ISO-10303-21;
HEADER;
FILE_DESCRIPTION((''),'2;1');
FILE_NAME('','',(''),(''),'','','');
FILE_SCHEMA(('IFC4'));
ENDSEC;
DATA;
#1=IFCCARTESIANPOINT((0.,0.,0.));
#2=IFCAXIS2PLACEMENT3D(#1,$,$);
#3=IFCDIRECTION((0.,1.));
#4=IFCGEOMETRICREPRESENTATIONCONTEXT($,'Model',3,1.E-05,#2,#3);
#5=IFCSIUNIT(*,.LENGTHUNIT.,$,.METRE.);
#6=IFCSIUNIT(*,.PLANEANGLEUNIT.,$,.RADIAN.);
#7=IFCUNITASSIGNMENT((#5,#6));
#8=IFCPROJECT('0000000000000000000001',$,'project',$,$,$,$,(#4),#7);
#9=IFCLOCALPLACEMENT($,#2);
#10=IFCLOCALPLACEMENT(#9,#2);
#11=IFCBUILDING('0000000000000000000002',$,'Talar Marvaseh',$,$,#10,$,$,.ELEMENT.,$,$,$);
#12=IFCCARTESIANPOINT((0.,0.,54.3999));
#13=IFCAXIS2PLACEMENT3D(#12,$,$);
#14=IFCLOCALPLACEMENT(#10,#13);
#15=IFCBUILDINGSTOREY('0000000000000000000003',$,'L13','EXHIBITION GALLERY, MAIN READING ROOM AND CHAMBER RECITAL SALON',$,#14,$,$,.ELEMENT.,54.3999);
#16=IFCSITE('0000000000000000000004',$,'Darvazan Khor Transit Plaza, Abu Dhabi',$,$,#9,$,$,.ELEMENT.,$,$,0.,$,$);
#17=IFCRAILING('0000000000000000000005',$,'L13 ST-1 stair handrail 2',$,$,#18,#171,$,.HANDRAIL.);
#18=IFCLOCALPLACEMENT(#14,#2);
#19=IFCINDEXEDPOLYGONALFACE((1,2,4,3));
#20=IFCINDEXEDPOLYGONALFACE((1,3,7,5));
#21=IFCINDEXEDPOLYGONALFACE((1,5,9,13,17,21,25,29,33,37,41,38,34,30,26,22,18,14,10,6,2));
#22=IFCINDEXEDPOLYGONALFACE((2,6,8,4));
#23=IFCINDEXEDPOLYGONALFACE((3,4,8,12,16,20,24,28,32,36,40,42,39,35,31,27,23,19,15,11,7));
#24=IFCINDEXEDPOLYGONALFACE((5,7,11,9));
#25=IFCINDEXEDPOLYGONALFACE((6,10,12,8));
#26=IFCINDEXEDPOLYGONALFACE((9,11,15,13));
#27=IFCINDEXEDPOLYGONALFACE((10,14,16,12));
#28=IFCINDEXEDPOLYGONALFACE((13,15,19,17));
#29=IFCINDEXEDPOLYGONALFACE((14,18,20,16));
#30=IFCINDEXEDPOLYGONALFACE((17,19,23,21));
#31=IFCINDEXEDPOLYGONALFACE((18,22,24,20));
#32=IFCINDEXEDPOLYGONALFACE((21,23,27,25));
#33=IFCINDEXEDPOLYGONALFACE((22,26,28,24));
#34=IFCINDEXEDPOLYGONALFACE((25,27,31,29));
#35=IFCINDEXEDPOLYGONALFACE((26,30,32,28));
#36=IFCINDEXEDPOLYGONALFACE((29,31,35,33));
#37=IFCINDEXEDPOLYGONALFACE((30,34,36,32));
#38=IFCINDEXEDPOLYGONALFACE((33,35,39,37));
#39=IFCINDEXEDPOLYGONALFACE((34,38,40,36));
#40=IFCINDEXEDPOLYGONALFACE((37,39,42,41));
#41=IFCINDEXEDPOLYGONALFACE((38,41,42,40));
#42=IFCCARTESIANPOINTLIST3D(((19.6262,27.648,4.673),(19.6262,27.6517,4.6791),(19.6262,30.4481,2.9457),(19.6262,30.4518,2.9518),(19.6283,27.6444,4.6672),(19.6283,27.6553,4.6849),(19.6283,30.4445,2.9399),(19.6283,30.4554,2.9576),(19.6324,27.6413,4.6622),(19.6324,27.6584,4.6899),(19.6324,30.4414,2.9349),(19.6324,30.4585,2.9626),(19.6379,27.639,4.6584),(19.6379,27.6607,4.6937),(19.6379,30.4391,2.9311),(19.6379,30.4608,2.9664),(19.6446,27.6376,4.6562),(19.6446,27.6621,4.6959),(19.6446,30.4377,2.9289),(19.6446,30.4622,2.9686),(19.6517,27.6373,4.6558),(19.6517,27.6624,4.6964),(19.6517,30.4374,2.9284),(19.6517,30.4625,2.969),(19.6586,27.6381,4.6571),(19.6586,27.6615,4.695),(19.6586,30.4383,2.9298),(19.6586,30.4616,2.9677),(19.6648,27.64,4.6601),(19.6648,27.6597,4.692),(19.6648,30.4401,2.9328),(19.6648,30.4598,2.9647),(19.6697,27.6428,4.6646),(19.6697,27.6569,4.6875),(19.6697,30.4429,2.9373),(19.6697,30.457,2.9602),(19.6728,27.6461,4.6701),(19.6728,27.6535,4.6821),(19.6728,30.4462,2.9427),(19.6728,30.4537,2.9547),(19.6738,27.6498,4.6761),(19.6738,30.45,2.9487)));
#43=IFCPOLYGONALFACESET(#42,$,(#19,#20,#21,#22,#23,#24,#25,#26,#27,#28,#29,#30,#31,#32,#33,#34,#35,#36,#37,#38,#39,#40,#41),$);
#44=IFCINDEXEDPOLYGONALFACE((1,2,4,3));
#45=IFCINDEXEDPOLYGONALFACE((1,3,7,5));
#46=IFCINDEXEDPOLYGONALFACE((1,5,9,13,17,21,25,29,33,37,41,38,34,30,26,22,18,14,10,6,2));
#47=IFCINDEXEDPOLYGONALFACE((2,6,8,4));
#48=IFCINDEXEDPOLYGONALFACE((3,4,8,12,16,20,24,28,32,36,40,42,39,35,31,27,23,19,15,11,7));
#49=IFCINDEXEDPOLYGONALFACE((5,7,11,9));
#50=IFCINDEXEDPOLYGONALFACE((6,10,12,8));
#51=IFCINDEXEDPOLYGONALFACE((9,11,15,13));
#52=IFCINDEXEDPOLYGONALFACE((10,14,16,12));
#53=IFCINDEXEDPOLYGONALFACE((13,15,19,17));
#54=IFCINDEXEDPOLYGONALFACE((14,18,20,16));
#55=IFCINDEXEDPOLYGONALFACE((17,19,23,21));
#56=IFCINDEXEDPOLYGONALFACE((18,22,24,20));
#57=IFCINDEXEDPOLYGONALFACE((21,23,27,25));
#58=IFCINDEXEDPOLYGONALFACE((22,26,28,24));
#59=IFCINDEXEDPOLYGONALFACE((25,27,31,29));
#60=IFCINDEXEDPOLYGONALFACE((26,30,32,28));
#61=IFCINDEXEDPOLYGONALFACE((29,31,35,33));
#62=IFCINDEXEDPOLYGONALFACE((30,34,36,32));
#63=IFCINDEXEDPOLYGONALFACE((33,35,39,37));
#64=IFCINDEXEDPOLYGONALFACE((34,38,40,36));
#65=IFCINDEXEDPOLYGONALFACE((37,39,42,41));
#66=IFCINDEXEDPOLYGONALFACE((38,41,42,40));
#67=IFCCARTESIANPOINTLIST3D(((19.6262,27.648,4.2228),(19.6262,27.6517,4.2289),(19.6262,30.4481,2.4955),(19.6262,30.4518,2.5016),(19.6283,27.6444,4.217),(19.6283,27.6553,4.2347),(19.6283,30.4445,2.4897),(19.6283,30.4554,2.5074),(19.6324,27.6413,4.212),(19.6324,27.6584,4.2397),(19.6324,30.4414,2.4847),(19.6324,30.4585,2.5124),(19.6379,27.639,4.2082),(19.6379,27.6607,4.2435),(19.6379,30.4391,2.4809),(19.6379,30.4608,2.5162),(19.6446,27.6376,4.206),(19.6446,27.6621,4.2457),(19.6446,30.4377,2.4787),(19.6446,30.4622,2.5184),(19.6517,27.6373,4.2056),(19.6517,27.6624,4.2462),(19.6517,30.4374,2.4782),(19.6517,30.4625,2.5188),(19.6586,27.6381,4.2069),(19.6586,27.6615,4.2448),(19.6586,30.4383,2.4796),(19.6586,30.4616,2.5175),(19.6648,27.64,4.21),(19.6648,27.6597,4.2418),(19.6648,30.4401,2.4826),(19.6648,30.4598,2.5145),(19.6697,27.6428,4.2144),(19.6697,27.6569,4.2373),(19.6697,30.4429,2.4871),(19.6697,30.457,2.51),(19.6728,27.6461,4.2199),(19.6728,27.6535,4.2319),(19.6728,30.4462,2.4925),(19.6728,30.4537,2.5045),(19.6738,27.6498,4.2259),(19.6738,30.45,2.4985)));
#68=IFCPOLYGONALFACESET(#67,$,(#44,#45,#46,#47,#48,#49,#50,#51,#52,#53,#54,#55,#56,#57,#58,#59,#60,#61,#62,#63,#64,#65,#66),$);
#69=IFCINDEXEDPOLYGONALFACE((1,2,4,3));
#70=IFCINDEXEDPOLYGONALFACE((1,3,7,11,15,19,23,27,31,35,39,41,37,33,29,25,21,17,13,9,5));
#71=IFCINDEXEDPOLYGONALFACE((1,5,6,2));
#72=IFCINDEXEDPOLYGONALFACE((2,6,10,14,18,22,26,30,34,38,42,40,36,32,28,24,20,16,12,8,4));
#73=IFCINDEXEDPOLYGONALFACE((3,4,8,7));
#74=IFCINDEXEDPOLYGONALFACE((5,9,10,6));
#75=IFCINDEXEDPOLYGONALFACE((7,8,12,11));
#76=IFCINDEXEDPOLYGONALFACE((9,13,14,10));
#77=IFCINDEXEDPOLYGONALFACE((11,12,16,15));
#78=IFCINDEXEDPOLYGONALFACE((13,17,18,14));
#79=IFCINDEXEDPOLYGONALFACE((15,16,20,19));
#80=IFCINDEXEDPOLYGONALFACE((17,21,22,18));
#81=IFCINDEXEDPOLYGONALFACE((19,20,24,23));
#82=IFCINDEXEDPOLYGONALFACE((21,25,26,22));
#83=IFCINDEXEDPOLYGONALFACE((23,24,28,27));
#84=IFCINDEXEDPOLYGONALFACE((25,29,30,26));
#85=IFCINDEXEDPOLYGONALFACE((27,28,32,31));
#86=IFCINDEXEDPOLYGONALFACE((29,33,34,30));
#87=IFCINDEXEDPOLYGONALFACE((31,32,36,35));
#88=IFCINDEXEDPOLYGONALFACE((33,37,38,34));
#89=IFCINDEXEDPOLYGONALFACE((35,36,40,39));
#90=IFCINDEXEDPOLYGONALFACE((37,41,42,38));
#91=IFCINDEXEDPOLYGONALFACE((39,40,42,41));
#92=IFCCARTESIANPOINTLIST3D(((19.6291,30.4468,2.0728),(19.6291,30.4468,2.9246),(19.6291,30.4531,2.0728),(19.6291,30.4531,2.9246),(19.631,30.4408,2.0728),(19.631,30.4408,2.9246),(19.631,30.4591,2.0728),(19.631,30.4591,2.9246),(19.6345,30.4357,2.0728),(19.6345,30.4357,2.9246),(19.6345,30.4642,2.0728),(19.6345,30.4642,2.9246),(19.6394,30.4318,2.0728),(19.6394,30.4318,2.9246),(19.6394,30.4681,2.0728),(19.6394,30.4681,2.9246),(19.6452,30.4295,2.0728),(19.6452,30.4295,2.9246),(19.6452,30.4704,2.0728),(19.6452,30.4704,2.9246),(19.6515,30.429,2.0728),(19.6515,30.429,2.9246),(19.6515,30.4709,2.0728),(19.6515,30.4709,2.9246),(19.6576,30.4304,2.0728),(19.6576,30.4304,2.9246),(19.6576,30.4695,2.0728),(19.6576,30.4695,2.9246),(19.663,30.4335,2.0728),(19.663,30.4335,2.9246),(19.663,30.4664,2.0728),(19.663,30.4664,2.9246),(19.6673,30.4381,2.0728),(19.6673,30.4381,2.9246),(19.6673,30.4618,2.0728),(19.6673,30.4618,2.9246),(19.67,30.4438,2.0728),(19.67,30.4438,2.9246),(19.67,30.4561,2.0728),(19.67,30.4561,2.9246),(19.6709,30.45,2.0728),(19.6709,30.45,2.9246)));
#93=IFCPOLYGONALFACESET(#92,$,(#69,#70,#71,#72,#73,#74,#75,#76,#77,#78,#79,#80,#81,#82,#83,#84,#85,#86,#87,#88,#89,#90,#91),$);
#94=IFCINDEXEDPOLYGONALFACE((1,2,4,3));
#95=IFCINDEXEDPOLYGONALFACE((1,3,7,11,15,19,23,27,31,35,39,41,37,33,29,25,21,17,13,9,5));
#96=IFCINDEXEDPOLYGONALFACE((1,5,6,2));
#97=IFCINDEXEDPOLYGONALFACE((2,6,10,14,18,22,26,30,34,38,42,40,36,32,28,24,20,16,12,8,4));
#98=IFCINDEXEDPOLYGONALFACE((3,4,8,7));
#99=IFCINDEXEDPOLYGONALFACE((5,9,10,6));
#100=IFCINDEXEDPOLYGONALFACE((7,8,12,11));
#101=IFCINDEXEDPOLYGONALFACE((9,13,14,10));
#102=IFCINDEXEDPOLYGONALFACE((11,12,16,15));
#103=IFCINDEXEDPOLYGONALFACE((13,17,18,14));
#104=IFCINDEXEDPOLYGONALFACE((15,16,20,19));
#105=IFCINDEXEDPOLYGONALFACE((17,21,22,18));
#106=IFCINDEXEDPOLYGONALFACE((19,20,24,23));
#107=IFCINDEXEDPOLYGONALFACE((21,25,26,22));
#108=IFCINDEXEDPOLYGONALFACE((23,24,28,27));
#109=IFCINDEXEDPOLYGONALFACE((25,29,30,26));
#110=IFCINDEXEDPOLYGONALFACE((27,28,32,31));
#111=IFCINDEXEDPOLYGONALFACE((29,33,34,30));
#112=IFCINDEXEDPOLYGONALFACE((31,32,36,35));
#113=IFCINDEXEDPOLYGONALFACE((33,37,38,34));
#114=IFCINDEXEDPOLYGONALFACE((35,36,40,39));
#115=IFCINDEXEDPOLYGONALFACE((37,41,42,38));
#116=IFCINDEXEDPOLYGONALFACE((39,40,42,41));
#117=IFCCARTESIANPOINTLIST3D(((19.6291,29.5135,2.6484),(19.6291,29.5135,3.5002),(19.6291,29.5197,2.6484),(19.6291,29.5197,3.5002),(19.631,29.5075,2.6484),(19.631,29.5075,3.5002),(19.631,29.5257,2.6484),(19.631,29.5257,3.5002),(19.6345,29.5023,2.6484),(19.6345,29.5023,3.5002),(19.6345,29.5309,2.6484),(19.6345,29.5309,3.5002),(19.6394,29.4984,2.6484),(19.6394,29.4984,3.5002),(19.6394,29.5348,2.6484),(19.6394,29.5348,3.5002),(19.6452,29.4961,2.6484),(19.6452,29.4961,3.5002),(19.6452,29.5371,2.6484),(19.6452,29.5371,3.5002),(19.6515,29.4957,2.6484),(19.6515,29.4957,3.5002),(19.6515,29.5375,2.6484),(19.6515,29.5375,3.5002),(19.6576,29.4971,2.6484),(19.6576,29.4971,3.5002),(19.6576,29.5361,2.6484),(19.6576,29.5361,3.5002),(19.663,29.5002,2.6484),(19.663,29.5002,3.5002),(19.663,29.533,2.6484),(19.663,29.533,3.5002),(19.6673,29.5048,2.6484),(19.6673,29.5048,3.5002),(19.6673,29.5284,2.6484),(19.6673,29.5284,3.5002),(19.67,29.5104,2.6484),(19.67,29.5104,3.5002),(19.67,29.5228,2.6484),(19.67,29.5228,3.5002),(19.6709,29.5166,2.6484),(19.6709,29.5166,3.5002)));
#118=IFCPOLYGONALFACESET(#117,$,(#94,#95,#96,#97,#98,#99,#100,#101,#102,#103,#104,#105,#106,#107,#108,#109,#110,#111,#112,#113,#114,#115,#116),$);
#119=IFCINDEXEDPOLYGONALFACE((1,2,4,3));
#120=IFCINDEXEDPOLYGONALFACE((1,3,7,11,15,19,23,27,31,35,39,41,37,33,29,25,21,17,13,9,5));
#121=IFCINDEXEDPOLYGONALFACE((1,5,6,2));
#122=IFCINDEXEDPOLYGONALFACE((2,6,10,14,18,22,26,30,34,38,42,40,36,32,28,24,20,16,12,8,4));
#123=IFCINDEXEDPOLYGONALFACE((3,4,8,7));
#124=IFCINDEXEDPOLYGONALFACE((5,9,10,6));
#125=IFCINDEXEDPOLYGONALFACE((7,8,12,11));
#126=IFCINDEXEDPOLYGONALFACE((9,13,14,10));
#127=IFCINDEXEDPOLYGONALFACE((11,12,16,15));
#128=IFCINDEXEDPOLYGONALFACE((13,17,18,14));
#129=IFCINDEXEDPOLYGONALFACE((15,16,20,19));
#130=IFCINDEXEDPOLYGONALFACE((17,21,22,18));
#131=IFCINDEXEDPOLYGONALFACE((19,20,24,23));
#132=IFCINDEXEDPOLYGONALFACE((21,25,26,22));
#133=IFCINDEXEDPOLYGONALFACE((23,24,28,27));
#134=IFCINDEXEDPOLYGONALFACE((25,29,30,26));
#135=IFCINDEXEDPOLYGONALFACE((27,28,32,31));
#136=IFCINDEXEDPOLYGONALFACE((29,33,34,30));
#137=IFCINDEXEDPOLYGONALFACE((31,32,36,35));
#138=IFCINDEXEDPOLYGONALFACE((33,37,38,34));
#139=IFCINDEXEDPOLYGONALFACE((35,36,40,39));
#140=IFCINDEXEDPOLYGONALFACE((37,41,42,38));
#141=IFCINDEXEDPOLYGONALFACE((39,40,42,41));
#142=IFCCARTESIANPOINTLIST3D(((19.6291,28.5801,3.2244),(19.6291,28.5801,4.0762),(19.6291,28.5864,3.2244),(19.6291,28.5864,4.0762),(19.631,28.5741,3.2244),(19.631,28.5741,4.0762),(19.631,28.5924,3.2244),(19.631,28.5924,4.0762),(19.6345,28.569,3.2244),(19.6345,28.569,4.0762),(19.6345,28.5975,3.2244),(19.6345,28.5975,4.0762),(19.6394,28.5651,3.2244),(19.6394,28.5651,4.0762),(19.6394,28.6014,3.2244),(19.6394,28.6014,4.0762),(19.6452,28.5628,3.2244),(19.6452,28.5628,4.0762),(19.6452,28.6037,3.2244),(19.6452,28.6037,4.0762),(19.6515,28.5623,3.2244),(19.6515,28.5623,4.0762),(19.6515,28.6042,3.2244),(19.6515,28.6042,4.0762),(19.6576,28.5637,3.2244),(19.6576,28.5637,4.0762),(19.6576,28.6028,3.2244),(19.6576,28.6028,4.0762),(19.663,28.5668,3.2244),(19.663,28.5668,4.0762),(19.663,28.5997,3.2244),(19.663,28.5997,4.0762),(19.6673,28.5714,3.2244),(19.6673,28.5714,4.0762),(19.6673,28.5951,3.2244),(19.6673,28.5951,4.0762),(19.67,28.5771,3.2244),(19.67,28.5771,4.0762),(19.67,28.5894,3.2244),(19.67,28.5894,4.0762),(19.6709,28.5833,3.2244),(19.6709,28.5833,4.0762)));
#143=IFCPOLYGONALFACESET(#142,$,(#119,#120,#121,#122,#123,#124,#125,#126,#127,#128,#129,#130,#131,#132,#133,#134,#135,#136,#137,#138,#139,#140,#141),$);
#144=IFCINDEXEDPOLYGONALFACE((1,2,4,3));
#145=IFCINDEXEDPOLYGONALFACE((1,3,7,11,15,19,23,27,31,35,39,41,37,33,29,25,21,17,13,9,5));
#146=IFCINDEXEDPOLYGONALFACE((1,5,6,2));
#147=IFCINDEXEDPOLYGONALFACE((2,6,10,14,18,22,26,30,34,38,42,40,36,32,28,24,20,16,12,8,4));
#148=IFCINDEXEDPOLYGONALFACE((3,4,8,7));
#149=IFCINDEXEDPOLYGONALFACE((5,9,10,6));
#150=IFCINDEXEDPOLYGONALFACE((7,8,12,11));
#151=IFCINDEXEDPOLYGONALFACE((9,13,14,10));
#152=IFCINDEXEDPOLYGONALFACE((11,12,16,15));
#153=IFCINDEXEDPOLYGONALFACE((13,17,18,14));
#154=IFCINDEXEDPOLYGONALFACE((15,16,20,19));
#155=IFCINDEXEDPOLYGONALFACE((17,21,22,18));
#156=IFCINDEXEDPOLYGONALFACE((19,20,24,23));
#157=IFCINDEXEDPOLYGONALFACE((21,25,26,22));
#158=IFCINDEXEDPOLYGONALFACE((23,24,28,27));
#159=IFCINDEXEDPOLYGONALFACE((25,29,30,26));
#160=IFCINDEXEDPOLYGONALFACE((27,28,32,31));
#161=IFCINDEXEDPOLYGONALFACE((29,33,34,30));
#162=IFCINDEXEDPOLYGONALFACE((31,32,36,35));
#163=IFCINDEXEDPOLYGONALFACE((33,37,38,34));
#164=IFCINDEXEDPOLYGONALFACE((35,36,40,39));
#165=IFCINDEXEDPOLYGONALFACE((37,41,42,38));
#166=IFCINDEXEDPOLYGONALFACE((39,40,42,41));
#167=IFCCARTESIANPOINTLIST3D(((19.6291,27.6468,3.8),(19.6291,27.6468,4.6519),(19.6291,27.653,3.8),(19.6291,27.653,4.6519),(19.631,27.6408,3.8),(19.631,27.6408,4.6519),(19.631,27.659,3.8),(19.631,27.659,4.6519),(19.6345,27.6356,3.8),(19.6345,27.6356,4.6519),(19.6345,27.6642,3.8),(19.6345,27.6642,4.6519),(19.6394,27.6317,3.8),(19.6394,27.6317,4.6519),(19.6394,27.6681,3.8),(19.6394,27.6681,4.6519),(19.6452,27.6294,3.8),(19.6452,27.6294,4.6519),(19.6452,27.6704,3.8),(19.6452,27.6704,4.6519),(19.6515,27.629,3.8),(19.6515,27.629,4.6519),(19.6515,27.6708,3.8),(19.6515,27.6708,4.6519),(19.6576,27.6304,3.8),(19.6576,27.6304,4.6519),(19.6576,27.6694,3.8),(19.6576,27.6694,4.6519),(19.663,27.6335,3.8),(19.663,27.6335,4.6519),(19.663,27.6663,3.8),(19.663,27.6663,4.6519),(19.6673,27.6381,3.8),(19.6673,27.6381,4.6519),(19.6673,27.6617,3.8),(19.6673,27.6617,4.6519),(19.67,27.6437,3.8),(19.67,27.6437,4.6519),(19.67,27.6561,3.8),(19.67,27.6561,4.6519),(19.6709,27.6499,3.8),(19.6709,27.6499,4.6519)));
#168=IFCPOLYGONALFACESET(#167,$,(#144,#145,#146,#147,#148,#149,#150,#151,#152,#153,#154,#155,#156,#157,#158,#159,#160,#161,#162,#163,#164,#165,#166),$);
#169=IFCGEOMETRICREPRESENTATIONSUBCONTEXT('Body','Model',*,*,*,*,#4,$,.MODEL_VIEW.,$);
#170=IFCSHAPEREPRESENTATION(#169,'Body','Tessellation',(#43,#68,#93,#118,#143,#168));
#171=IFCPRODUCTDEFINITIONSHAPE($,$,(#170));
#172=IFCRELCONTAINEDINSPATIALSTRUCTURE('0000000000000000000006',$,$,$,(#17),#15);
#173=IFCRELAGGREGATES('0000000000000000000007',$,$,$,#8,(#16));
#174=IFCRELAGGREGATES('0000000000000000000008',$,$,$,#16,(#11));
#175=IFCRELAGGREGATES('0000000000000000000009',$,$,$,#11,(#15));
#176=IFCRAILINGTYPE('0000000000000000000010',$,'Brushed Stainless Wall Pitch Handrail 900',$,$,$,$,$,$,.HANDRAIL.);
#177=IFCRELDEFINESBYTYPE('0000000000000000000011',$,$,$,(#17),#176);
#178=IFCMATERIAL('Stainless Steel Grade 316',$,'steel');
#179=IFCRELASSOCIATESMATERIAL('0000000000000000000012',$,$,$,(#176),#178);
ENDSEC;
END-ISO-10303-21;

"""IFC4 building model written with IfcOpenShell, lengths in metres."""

from ifc_helpers import new_model, si_unit, direction, frame, origin, origin_2d, place, context, subcontext, project, spatial, circle, extrude, material, type_object, element, save


model = new_model("IFC4")

# Units and contexts
model_context = context("Model", 3, precision=1e-05, world=origin(), true_north=direction((0.0, 1.0)))
body_context = subcontext(model_context, "Body", "Model", "MODEL_VIEW")
ifc_project = project(units=[si_unit("LENGTHUNIT", "METRE"), si_unit("PLANEANGLEUNIT", "RADIAN")], contexts=[model_context])

# Site, building, storey
site_placement = place(None, origin())
site = spatial("IfcSite", under=ifc_project, at=site_placement, Name="Darvazan Khor Transit Plaza, Abu Dhabi", CompositionType="ELEMENT", RefElevation=0.0)
building_placement = place(site_placement, origin())
building = spatial("IfcBuilding", under=site, at=building_placement, Name="Talar Marvaseh", CompositionType="ELEMENT")
storey_placement = place(building_placement, frame((0.0, 0.0, 54.3999)))
storey = spatial("IfcBuildingStorey", under=building, at=storey_placement, Name="L13", Description="EXHIBITION GALLERY, MAIN READING ROOM AND CHAMBER RECITAL SALON", CompositionType="ELEMENT", Elevation=54.3999)

# Railing
ifc_material_1 = material(Name="Stainless Steel Grade 316", Category="steel")
railing_type_1 = type_object("IfcRailingType", Name="Brushed Stainless Wall Pitch Handrail 900", PredefinedType="HANDRAIL", material=ifc_material_1)
railing_1_placement = place(storey_placement, frame((19.6499, 30.45, 2.0728)))
element("IfcRailing", 1, at=railing_1_placement, inside=storey, type_object=railing_type_1, Name="L13 ST-1 stair handrail 2", PredefinedType="HANDRAIL", context=body_context, shape_type="SweptSolid", body=[
    extrude(circle(Radius=0.0239, at=origin_2d()), frame((0.0, 0.0, 0.876), z_axis=(0.0, -0.85109, 0.52502), x_axis=(1.0, 0.0, 0.0)), (0.0, 0.0, 1.0), 3.29),
    extrude(circle(Radius=0.0239, at=origin_2d()), frame((0.0, 0.0, 0.4258), z_axis=(0.0, -0.85109, 0.52502), x_axis=(1.0, 0.0, 0.0)), (0.0, 0.0, 1.0), 3.29),
    extrude(circle(Radius=0.021, at=origin_2d()), origin(), (0.0, 0.0, 1.0), 0.8518),
    extrude(circle(Radius=0.021, at=origin_2d()), frame((0.0, -0.9333, 0.5757)), (0.0, 0.0, 1.0), 0.8518),
    extrude(circle(Radius=0.021, at=origin_2d()), frame((0.0, -1.8667, 1.1516)), (0.0, 0.0, 1.0), 0.8518),
    extrude(circle(Radius=0.021, at=origin_2d()), frame((0.0, -2.8, 1.7273)), (0.0, 0.0, 1.0), 0.8518),
])

save(model, "model.ifc")
